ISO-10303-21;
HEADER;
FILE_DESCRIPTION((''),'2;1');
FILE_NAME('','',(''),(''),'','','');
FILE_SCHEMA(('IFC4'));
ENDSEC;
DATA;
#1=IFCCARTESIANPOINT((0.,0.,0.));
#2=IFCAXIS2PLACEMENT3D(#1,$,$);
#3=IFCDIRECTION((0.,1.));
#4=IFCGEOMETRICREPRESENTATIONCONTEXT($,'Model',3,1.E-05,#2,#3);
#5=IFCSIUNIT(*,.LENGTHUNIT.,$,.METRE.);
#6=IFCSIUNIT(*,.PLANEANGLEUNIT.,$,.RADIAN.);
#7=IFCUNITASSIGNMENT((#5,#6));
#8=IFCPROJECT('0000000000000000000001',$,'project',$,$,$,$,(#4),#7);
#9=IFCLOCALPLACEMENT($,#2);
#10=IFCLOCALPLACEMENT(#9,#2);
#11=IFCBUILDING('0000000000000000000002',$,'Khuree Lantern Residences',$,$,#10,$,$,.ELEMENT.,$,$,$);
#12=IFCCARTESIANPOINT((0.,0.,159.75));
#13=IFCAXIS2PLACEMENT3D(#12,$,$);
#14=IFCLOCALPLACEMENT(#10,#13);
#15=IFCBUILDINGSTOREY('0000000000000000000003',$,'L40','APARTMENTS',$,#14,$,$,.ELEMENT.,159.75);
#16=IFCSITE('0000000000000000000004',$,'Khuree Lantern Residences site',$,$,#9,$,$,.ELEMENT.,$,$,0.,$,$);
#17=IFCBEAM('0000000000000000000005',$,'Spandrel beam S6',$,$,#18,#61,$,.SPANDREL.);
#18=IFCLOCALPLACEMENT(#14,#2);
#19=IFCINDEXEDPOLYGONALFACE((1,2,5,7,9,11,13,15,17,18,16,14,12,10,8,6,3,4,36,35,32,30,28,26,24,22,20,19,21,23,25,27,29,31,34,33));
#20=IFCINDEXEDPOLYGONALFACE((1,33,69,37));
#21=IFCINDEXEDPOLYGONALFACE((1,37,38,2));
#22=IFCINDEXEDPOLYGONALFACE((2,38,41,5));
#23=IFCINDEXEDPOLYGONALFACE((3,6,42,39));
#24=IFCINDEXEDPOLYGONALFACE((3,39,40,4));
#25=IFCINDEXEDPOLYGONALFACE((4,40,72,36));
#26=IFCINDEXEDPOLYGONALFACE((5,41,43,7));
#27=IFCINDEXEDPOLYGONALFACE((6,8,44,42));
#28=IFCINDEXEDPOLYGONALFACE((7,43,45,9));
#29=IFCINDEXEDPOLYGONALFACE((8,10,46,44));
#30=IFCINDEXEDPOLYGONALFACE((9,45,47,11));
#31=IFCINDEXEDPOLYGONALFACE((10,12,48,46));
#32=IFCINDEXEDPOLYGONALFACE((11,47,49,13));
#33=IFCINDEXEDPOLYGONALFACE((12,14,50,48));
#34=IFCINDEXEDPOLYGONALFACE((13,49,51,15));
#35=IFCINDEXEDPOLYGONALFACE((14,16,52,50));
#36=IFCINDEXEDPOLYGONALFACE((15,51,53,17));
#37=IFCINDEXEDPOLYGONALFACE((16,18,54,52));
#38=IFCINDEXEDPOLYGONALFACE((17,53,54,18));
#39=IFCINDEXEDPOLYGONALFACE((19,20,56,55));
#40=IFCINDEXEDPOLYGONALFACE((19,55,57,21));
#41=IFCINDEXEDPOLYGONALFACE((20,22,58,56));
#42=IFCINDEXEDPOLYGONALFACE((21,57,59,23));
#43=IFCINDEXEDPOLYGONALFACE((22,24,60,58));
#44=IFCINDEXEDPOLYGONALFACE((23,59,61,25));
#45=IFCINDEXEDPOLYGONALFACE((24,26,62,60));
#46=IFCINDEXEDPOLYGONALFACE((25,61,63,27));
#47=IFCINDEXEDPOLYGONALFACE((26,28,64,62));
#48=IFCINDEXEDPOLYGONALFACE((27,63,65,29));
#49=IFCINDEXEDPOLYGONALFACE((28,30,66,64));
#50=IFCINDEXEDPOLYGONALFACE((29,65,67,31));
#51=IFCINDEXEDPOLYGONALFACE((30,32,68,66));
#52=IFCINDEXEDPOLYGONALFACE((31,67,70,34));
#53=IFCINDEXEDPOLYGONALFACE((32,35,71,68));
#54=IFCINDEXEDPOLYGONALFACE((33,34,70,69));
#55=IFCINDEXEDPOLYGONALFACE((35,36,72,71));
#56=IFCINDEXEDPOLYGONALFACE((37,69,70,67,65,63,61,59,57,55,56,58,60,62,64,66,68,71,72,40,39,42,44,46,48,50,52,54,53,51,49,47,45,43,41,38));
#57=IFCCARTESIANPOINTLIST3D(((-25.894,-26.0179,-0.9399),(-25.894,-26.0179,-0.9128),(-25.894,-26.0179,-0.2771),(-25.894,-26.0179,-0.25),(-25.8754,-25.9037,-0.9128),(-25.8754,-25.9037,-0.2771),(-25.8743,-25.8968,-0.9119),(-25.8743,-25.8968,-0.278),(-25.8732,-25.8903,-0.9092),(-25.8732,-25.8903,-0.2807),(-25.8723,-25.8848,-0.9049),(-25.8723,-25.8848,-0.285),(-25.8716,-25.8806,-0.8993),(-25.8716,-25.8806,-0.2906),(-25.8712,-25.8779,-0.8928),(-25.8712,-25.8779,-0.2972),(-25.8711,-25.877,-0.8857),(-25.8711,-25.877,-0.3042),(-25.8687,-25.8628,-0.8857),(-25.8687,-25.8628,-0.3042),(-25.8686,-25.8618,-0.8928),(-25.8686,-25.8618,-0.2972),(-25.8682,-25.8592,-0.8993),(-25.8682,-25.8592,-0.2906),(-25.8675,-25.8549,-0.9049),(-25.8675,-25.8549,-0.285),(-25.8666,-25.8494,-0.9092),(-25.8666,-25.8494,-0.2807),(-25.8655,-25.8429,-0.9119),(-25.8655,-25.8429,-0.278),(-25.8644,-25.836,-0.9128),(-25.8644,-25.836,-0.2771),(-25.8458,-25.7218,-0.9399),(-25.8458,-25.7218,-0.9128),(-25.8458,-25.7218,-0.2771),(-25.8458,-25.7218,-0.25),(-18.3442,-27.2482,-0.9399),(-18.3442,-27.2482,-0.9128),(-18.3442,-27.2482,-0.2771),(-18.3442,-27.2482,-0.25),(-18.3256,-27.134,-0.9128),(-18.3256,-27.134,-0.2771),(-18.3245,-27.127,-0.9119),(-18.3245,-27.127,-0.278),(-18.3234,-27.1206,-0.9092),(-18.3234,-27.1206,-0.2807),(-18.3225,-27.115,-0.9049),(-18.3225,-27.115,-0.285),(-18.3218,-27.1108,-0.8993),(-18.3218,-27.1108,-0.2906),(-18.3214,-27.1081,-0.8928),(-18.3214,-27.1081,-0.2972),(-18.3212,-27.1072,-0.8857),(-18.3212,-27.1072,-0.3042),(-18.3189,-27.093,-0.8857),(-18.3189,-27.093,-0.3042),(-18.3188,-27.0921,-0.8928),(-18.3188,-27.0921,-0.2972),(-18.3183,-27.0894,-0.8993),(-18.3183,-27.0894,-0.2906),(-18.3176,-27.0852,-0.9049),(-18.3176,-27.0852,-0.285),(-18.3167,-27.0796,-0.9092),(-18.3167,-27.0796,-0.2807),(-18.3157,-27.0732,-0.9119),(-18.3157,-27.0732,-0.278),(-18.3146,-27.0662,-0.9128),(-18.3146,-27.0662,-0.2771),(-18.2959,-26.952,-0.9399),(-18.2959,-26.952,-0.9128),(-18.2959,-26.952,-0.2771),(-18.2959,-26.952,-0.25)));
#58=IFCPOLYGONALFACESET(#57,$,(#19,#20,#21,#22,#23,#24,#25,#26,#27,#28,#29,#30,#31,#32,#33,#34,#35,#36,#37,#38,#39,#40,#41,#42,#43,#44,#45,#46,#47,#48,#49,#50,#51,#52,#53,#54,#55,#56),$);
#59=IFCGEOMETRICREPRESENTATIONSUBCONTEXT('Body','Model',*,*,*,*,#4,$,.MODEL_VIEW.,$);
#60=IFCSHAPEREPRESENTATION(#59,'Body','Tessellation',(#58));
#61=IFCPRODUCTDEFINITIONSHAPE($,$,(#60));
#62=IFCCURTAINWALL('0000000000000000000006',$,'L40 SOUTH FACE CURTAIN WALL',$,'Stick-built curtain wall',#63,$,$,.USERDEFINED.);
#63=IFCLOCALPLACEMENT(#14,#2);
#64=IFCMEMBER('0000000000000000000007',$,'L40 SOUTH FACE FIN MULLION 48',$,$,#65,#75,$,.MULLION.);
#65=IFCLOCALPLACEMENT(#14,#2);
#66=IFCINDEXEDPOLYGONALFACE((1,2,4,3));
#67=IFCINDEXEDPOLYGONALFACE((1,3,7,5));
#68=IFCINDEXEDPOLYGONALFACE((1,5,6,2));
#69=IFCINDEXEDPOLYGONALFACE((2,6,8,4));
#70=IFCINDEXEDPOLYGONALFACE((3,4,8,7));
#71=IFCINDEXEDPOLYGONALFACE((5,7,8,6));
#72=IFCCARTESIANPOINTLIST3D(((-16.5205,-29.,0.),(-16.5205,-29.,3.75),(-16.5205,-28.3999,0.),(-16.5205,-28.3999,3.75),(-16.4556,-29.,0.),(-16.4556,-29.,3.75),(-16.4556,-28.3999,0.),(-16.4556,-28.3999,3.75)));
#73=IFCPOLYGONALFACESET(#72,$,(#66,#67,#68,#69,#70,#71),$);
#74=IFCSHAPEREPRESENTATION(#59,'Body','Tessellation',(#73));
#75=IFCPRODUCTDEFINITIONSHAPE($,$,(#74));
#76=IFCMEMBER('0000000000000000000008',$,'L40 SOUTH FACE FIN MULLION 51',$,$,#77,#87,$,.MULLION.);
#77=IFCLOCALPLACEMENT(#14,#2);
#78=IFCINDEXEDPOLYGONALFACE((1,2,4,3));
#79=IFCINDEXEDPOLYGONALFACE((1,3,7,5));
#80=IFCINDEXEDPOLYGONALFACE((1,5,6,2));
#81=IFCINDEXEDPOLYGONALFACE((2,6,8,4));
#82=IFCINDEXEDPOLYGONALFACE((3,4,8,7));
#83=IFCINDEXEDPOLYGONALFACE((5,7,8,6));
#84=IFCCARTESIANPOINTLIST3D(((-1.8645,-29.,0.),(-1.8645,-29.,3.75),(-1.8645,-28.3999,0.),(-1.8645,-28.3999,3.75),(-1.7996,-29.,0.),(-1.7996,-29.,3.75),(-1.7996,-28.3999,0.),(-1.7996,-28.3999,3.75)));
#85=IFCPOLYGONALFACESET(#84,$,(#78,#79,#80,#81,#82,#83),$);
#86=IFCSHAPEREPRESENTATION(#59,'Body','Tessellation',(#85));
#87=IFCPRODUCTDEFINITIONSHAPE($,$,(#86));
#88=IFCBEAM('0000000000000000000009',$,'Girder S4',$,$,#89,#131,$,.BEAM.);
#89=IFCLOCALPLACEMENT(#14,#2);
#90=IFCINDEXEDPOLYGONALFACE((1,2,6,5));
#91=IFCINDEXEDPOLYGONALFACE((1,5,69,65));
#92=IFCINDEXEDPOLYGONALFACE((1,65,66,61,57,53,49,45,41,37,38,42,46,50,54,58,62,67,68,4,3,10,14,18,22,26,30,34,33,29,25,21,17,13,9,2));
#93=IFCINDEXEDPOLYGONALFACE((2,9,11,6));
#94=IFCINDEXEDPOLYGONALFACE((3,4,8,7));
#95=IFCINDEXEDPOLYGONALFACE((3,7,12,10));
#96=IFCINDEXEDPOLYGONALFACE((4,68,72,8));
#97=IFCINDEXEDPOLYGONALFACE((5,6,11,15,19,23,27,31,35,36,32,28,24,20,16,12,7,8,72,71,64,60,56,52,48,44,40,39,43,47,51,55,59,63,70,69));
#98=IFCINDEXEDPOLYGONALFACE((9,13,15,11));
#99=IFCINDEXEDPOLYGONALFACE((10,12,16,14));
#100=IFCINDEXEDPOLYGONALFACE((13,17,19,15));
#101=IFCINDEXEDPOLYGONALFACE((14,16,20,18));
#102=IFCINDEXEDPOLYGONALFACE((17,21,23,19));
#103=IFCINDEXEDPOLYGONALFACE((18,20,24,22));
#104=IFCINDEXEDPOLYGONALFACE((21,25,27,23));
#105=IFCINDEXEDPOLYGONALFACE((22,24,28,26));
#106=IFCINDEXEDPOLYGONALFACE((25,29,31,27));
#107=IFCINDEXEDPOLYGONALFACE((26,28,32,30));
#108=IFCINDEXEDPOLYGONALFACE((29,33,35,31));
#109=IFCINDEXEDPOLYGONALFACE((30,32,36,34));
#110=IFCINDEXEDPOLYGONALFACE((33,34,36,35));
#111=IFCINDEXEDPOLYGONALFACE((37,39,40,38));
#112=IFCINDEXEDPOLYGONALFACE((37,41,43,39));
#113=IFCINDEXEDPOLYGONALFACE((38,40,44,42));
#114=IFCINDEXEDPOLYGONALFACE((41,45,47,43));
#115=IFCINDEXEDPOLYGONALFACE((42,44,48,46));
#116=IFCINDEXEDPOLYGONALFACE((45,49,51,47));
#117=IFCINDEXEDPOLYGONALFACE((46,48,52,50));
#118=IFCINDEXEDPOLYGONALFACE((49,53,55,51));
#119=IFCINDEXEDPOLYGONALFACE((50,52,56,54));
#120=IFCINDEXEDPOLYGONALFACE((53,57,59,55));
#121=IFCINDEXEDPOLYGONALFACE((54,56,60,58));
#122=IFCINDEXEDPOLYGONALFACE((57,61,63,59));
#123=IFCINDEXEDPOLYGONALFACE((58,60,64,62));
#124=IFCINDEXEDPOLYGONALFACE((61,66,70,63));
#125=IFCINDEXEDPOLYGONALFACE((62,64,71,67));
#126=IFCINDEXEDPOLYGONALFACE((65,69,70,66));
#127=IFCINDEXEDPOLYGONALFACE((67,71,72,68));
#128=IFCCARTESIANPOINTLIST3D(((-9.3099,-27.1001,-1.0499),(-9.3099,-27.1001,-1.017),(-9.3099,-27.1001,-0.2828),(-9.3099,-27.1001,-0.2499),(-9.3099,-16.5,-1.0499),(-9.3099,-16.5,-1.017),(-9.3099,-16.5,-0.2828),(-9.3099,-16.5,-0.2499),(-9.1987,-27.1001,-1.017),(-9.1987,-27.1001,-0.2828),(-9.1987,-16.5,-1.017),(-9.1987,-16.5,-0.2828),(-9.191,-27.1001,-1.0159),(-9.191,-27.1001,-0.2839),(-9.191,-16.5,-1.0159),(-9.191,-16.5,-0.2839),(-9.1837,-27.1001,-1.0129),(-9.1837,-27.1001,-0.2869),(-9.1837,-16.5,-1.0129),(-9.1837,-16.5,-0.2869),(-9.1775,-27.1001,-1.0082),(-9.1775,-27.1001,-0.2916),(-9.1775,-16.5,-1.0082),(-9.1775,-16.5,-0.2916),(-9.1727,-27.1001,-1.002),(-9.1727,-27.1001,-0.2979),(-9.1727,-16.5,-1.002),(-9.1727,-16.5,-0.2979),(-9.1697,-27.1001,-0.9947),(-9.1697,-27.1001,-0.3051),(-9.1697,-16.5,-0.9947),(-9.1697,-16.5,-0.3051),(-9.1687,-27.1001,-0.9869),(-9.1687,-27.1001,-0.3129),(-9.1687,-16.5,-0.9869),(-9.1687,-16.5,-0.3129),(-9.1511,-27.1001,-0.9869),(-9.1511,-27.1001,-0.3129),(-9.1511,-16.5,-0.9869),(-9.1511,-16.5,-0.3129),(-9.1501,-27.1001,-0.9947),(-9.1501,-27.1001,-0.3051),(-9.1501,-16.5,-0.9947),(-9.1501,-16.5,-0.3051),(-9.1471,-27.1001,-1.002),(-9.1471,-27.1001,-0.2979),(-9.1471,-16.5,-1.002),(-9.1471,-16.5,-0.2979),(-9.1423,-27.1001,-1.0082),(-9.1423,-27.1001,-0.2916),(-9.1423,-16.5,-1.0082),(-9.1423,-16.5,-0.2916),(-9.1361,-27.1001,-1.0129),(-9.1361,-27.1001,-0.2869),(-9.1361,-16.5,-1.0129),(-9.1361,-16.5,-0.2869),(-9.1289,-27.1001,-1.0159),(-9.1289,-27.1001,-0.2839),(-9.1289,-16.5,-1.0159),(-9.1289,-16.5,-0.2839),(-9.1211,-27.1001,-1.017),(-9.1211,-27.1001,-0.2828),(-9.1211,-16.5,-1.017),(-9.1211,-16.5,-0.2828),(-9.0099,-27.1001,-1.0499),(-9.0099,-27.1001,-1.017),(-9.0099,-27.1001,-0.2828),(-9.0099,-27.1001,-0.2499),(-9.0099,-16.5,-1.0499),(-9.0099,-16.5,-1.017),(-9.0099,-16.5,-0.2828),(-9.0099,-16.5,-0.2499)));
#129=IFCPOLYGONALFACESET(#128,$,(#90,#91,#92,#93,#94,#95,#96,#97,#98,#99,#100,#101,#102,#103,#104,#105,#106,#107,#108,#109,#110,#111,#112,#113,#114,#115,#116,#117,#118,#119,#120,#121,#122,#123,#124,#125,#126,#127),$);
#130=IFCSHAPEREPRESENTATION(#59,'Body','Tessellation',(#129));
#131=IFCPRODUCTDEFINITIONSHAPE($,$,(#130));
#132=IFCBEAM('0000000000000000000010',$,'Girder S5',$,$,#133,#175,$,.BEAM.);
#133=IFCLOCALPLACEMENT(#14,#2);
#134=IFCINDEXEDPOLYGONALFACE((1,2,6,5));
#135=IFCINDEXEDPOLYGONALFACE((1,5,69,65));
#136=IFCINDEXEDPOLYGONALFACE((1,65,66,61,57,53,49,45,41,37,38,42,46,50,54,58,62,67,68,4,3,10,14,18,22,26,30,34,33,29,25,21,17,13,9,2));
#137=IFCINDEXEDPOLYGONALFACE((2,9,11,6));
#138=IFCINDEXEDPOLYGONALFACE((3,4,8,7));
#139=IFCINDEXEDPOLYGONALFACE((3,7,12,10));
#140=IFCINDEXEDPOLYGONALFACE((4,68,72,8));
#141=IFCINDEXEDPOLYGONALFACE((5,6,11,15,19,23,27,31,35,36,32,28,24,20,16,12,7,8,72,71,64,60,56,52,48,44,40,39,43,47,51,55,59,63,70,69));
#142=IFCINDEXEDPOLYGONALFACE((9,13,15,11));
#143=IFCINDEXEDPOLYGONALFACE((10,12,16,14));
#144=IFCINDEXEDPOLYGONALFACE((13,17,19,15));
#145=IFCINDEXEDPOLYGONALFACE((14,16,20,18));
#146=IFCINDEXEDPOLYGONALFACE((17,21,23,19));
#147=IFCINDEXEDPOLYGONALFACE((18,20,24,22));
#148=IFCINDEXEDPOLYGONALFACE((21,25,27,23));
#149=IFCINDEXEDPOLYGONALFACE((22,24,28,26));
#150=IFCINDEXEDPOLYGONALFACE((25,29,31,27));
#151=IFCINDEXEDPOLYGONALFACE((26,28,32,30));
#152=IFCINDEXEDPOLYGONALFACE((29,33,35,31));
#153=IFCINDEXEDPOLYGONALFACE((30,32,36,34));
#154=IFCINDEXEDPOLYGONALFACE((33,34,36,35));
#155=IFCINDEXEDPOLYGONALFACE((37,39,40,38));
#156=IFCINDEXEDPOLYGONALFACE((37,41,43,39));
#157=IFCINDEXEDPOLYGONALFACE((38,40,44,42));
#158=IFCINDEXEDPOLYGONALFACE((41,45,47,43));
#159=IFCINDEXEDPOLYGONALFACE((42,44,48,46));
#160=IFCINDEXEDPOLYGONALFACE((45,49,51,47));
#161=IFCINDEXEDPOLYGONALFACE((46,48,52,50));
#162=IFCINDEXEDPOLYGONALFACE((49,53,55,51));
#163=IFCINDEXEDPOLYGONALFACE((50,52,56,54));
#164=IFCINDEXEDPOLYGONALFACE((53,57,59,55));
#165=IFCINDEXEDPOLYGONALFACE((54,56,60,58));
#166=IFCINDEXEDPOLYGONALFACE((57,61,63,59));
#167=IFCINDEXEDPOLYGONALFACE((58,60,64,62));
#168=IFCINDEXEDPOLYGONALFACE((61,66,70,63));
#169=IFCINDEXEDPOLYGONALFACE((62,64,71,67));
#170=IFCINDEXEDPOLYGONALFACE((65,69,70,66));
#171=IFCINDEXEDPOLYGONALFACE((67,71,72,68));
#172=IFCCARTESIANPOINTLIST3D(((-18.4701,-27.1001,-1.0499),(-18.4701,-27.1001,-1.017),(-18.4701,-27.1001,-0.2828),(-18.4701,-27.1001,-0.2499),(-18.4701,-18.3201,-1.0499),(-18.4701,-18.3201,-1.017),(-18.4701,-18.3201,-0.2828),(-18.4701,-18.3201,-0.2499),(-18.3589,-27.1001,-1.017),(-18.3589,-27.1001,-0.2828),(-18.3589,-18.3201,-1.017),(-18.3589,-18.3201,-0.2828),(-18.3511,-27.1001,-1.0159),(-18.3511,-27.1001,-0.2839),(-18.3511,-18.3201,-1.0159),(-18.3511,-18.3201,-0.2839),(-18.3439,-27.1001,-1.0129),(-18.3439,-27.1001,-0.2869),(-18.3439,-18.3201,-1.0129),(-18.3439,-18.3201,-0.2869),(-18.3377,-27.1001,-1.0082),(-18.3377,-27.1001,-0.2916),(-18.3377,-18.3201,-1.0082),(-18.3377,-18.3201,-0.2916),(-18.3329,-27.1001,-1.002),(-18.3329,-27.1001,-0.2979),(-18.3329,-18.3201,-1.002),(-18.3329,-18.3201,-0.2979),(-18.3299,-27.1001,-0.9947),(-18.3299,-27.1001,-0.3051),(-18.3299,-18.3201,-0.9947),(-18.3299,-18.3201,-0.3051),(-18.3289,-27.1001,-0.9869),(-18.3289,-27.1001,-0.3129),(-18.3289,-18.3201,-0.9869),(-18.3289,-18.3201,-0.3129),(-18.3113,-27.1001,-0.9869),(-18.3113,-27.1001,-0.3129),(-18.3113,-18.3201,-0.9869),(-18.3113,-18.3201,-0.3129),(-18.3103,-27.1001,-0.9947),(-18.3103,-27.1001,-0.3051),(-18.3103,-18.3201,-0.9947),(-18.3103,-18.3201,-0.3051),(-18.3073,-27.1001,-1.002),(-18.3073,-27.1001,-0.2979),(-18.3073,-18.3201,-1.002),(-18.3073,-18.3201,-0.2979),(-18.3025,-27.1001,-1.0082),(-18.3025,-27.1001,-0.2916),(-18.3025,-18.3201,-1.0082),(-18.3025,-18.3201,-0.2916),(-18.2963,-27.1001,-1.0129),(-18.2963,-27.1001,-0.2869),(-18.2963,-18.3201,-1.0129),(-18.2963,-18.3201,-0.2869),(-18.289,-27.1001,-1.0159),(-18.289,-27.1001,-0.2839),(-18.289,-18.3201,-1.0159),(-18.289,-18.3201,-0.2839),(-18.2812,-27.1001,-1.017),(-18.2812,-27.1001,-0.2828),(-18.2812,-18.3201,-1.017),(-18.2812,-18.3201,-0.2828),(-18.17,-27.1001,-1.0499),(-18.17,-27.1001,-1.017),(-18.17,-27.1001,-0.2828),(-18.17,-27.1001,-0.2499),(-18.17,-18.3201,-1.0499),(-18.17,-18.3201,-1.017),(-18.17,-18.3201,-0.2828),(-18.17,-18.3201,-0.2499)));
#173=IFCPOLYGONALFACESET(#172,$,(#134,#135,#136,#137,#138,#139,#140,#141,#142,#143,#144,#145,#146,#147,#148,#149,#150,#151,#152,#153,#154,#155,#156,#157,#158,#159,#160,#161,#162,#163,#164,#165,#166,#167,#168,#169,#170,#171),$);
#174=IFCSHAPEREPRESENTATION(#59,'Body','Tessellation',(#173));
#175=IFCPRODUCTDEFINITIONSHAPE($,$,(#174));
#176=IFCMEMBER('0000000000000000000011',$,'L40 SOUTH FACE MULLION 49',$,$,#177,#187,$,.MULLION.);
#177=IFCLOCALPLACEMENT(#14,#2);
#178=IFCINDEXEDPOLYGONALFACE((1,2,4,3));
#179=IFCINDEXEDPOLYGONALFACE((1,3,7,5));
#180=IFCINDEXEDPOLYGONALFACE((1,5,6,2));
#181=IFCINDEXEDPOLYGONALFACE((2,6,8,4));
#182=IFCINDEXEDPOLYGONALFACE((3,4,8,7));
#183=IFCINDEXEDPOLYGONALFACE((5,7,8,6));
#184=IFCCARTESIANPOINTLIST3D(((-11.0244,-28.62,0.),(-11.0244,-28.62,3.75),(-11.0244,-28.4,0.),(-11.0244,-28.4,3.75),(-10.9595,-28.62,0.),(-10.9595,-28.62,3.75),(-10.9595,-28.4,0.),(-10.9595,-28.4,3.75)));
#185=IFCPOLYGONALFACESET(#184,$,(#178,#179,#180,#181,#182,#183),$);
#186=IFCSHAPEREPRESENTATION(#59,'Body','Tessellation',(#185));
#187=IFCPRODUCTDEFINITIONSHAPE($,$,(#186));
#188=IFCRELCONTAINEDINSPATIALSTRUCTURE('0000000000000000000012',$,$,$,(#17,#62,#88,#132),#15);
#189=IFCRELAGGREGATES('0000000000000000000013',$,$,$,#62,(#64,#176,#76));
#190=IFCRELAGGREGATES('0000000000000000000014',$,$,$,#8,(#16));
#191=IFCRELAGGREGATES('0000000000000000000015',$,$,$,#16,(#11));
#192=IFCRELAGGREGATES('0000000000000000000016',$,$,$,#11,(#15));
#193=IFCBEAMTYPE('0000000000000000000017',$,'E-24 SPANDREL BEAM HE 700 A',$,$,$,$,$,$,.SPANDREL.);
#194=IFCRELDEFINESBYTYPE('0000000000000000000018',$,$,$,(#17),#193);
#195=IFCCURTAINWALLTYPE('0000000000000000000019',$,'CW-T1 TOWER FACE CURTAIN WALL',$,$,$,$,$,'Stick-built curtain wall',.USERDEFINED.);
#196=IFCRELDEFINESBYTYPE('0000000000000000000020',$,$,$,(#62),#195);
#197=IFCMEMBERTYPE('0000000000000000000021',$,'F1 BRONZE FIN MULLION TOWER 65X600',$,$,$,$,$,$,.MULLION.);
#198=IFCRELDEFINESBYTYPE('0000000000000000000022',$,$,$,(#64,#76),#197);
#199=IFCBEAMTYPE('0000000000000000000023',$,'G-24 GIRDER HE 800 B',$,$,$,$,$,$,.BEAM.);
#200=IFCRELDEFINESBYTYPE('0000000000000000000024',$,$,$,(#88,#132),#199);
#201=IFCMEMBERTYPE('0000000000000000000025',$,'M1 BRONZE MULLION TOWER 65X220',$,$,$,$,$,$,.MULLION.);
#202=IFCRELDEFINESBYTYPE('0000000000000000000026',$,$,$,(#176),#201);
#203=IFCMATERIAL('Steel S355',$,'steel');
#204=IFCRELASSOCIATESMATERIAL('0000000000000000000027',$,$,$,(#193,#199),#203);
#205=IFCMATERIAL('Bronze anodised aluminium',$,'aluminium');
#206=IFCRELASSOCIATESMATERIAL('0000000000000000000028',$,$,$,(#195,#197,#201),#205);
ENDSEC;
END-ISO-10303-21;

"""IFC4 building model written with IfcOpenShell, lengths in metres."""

from ifc_helpers import new_model, si_unit, direction, frame, origin, origin_2d, place, context, subcontext, project, spatial, rectangle, i_section, extrude, material, material_profile, profile_set, type_object, element, aggregate, save


model = new_model("IFC4")

# Units and contexts
model_context = context("Model", 3, precision=1e-05, world=origin(), true_north=direction((0.0, 1.0)))
body_context = subcontext(model_context, "Body", "Model", "MODEL_VIEW")
ifc_project = project(units=[si_unit("LENGTHUNIT", "METRE"), si_unit("PLANEANGLEUNIT", "RADIAN")], contexts=[model_context])

# Site, building, storey
site_placement = place(None, origin())
site = spatial("IfcSite", under=ifc_project, at=site_placement, Name="Khuree Lantern Residences site", CompositionType="ELEMENT", RefElevation=0.0)
building_placement = place(site_placement, origin())
building = spatial("IfcBuilding", under=site, at=building_placement, Name="Khuree Lantern Residences", CompositionType="ELEMENT")
storey_placement = place(building_placement, frame((0.0, 0.0, 159.75)))
storey = spatial("IfcBuildingStorey", under=building, at=storey_placement, Name="L40", Description="APARTMENTS", CompositionType="ELEMENT", Elevation=159.75)

# Beam
ifc_material_1 = material(Name="Steel S355", Category="steel")
ifc_material_profile_1 = material_profile(ifc_material_1, i_section(OverallWidth=0.3, OverallDepth=0.6899, WebThickness=0.0144, FlangeThickness=0.0271, FilletRadius=0.0271, at=origin_2d()), Name="HE 700 A")
ifc_profile_set_1 = profile_set([ifc_material_profile_1], Name="Steel S355")
beam_type_1 = type_object("IfcBeamType", Name="E-24 SPANDREL BEAM HE 700 A", PredefinedType="SPANDREL", material=ifc_profile_set_1)
beam_1_placement = place(storey_placement, frame((-18.3201, -27.1001, -0.595), z_axis=(-0.986983, 0.160827, 0.0), x_axis=(-0.160827, -0.986983, 0.0)))
element("IfcBeam", 1, at=beam_1_placement, inside=storey, type_object=beam_type_1, Name="Spandrel beam S6", PredefinedType="SPANDREL", context=body_context, shape_type="SweptSolid", body=[
    extrude(i_section(OverallWidth=0.3, OverallDepth=0.6899, WebThickness=0.0144, FlangeThickness=0.0271, FilletRadius=0.0271, at=origin_2d()), origin(), (0.0, 0.0, 1.0), 7.6494),
])

# Curtain wall, members
ifc_material_2 = material(Name="Bronze anodised aluminium", Category="aluminium")
curtain_wall_type = type_object("IfcCurtainWallType", Name="CW-T1 TOWER FACE CURTAIN WALL", ElementType="Stick-built curtain wall", PredefinedType="USERDEFINED", material=ifc_material_2)
curtain_wall_placement = place(storey_placement, origin())
curtain_wall = element("IfcCurtainWall", 2, at=curtain_wall_placement, inside=storey, type_object=curtain_wall_type, Name="L40 SOUTH FACE CURTAIN WALL", ObjectType="Stick-built curtain wall", PredefinedType="USERDEFINED")
ifc_material_profile_2 = material_profile(ifc_material_2, rectangle(XDim=0.0649, YDim=0.6001, at=origin_2d()), Name="F1 65X600")
ifc_profile_set_2 = profile_set([ifc_material_profile_2], Name="Bronze anodised aluminium")
member_type_1 = type_object("IfcMemberType", Name="F1 BRONZE FIN MULLION TOWER 65X600", PredefinedType="MULLION", material=ifc_profile_set_2)
member_1_placement = place(storey_placement, frame((-16.488, -28.7, 0.0), z_axis=(0.0, 0.0, 1.0), x_axis=(1.0, 0.0, 0.0)))
member_1 = element("IfcMember", 3, at=member_1_placement, type_object=member_type_1, Name="L40 SOUTH FACE FIN MULLION 48", PredefinedType="MULLION", context=body_context, shape_type="SweptSolid", body=[
    extrude(rectangle(XDim=0.0649, YDim=0.6001, at=origin_2d()), origin(), (0.0, 0.0, 1.0), 3.75),
])
member_2_placement = place(storey_placement, frame((-1.832, -28.7, 0.0), z_axis=(0.0, 0.0, 1.0), x_axis=(1.0, 0.0, 0.0)))
member_2 = element("IfcMember", 4, at=member_2_placement, type_object=member_type_1, Name="L40 SOUTH FACE FIN MULLION 51", PredefinedType="MULLION", context=body_context, shape_type="SweptSolid", body=[
    extrude(rectangle(XDim=0.0649, YDim=0.6001, at=origin_2d()), origin(), (0.0, 0.0, 1.0), 3.75),
])

# Beams
ifc_material_profile_3 = material_profile(ifc_material_1, i_section(OverallWidth=0.3, OverallDepth=0.8, WebThickness=0.0176, FlangeThickness=0.033, FilletRadius=0.03, at=origin_2d()), Name="HE 800 B")
ifc_profile_set_3 = profile_set([ifc_material_profile_3], Name="Steel S355")
beam_type_2 = type_object("IfcBeamType", Name="G-24 GIRDER HE 800 B", PredefinedType="BEAM", material=ifc_profile_set_3)
beam_2_placement = place(storey_placement, frame((-9.1599, -27.1001, -0.6499), z_axis=(0.0, 1.0, 0.0), x_axis=(-1.0, 0.0, 0.0)))
element("IfcBeam", 5, at=beam_2_placement, inside=storey, type_object=beam_type_2, Name="Girder S4", PredefinedType="BEAM", context=body_context, shape_type="SweptSolid", body=[
    extrude(i_section(OverallWidth=0.3, OverallDepth=0.8, WebThickness=0.0176, FlangeThickness=0.033, FilletRadius=0.03, at=origin_2d()), origin(), (0.0, 0.0, 1.0), 10.6001),
])
beam_3_placement = place(storey_placement, frame((-18.3201, -27.1001, -0.6499), z_axis=(0.0, 1.0, 0.0), x_axis=(-1.0, 0.0, 0.0)))
element("IfcBeam", 6, at=beam_3_placement, inside=storey, type_object=beam_type_2, Name="Girder S5", PredefinedType="BEAM", context=body_context, shape_type="SweptSolid", body=[
    extrude(i_section(OverallWidth=0.3, OverallDepth=0.8, WebThickness=0.0176, FlangeThickness=0.033, FilletRadius=0.03, at=origin_2d()), origin(), (0.0, 0.0, 1.0), 8.78),
])

# Member
ifc_material_profile_4 = material_profile(ifc_material_2, rectangle(XDim=0.0649, YDim=0.22, at=origin_2d()), Name="M1 65X220")
ifc_profile_set_4 = profile_set([ifc_material_profile_4], Name="Bronze anodised aluminium")
member_type_2 = type_object("IfcMemberType", Name="M1 BRONZE MULLION TOWER 65X220", PredefinedType="MULLION", material=ifc_profile_set_4)
member_3_placement = place(storey_placement, frame((-10.9919, -28.51, 0.0), z_axis=(0.0, 0.0, 1.0), x_axis=(1.0, 0.0, 0.0)))
member_3 = element("IfcMember", 7, at=member_3_placement, type_object=member_type_2, Name="L40 SOUTH FACE MULLION 49", PredefinedType="MULLION", context=body_context, shape_type="SweptSolid", body=[
    extrude(rectangle(XDim=0.0649, YDim=0.22, at=origin_2d()), origin(), (0.0, 0.0, 1.0), 3.75),
])

aggregate(curtain_wall, [member_1, member_3, member_2])

save(model, "model.ifc")
